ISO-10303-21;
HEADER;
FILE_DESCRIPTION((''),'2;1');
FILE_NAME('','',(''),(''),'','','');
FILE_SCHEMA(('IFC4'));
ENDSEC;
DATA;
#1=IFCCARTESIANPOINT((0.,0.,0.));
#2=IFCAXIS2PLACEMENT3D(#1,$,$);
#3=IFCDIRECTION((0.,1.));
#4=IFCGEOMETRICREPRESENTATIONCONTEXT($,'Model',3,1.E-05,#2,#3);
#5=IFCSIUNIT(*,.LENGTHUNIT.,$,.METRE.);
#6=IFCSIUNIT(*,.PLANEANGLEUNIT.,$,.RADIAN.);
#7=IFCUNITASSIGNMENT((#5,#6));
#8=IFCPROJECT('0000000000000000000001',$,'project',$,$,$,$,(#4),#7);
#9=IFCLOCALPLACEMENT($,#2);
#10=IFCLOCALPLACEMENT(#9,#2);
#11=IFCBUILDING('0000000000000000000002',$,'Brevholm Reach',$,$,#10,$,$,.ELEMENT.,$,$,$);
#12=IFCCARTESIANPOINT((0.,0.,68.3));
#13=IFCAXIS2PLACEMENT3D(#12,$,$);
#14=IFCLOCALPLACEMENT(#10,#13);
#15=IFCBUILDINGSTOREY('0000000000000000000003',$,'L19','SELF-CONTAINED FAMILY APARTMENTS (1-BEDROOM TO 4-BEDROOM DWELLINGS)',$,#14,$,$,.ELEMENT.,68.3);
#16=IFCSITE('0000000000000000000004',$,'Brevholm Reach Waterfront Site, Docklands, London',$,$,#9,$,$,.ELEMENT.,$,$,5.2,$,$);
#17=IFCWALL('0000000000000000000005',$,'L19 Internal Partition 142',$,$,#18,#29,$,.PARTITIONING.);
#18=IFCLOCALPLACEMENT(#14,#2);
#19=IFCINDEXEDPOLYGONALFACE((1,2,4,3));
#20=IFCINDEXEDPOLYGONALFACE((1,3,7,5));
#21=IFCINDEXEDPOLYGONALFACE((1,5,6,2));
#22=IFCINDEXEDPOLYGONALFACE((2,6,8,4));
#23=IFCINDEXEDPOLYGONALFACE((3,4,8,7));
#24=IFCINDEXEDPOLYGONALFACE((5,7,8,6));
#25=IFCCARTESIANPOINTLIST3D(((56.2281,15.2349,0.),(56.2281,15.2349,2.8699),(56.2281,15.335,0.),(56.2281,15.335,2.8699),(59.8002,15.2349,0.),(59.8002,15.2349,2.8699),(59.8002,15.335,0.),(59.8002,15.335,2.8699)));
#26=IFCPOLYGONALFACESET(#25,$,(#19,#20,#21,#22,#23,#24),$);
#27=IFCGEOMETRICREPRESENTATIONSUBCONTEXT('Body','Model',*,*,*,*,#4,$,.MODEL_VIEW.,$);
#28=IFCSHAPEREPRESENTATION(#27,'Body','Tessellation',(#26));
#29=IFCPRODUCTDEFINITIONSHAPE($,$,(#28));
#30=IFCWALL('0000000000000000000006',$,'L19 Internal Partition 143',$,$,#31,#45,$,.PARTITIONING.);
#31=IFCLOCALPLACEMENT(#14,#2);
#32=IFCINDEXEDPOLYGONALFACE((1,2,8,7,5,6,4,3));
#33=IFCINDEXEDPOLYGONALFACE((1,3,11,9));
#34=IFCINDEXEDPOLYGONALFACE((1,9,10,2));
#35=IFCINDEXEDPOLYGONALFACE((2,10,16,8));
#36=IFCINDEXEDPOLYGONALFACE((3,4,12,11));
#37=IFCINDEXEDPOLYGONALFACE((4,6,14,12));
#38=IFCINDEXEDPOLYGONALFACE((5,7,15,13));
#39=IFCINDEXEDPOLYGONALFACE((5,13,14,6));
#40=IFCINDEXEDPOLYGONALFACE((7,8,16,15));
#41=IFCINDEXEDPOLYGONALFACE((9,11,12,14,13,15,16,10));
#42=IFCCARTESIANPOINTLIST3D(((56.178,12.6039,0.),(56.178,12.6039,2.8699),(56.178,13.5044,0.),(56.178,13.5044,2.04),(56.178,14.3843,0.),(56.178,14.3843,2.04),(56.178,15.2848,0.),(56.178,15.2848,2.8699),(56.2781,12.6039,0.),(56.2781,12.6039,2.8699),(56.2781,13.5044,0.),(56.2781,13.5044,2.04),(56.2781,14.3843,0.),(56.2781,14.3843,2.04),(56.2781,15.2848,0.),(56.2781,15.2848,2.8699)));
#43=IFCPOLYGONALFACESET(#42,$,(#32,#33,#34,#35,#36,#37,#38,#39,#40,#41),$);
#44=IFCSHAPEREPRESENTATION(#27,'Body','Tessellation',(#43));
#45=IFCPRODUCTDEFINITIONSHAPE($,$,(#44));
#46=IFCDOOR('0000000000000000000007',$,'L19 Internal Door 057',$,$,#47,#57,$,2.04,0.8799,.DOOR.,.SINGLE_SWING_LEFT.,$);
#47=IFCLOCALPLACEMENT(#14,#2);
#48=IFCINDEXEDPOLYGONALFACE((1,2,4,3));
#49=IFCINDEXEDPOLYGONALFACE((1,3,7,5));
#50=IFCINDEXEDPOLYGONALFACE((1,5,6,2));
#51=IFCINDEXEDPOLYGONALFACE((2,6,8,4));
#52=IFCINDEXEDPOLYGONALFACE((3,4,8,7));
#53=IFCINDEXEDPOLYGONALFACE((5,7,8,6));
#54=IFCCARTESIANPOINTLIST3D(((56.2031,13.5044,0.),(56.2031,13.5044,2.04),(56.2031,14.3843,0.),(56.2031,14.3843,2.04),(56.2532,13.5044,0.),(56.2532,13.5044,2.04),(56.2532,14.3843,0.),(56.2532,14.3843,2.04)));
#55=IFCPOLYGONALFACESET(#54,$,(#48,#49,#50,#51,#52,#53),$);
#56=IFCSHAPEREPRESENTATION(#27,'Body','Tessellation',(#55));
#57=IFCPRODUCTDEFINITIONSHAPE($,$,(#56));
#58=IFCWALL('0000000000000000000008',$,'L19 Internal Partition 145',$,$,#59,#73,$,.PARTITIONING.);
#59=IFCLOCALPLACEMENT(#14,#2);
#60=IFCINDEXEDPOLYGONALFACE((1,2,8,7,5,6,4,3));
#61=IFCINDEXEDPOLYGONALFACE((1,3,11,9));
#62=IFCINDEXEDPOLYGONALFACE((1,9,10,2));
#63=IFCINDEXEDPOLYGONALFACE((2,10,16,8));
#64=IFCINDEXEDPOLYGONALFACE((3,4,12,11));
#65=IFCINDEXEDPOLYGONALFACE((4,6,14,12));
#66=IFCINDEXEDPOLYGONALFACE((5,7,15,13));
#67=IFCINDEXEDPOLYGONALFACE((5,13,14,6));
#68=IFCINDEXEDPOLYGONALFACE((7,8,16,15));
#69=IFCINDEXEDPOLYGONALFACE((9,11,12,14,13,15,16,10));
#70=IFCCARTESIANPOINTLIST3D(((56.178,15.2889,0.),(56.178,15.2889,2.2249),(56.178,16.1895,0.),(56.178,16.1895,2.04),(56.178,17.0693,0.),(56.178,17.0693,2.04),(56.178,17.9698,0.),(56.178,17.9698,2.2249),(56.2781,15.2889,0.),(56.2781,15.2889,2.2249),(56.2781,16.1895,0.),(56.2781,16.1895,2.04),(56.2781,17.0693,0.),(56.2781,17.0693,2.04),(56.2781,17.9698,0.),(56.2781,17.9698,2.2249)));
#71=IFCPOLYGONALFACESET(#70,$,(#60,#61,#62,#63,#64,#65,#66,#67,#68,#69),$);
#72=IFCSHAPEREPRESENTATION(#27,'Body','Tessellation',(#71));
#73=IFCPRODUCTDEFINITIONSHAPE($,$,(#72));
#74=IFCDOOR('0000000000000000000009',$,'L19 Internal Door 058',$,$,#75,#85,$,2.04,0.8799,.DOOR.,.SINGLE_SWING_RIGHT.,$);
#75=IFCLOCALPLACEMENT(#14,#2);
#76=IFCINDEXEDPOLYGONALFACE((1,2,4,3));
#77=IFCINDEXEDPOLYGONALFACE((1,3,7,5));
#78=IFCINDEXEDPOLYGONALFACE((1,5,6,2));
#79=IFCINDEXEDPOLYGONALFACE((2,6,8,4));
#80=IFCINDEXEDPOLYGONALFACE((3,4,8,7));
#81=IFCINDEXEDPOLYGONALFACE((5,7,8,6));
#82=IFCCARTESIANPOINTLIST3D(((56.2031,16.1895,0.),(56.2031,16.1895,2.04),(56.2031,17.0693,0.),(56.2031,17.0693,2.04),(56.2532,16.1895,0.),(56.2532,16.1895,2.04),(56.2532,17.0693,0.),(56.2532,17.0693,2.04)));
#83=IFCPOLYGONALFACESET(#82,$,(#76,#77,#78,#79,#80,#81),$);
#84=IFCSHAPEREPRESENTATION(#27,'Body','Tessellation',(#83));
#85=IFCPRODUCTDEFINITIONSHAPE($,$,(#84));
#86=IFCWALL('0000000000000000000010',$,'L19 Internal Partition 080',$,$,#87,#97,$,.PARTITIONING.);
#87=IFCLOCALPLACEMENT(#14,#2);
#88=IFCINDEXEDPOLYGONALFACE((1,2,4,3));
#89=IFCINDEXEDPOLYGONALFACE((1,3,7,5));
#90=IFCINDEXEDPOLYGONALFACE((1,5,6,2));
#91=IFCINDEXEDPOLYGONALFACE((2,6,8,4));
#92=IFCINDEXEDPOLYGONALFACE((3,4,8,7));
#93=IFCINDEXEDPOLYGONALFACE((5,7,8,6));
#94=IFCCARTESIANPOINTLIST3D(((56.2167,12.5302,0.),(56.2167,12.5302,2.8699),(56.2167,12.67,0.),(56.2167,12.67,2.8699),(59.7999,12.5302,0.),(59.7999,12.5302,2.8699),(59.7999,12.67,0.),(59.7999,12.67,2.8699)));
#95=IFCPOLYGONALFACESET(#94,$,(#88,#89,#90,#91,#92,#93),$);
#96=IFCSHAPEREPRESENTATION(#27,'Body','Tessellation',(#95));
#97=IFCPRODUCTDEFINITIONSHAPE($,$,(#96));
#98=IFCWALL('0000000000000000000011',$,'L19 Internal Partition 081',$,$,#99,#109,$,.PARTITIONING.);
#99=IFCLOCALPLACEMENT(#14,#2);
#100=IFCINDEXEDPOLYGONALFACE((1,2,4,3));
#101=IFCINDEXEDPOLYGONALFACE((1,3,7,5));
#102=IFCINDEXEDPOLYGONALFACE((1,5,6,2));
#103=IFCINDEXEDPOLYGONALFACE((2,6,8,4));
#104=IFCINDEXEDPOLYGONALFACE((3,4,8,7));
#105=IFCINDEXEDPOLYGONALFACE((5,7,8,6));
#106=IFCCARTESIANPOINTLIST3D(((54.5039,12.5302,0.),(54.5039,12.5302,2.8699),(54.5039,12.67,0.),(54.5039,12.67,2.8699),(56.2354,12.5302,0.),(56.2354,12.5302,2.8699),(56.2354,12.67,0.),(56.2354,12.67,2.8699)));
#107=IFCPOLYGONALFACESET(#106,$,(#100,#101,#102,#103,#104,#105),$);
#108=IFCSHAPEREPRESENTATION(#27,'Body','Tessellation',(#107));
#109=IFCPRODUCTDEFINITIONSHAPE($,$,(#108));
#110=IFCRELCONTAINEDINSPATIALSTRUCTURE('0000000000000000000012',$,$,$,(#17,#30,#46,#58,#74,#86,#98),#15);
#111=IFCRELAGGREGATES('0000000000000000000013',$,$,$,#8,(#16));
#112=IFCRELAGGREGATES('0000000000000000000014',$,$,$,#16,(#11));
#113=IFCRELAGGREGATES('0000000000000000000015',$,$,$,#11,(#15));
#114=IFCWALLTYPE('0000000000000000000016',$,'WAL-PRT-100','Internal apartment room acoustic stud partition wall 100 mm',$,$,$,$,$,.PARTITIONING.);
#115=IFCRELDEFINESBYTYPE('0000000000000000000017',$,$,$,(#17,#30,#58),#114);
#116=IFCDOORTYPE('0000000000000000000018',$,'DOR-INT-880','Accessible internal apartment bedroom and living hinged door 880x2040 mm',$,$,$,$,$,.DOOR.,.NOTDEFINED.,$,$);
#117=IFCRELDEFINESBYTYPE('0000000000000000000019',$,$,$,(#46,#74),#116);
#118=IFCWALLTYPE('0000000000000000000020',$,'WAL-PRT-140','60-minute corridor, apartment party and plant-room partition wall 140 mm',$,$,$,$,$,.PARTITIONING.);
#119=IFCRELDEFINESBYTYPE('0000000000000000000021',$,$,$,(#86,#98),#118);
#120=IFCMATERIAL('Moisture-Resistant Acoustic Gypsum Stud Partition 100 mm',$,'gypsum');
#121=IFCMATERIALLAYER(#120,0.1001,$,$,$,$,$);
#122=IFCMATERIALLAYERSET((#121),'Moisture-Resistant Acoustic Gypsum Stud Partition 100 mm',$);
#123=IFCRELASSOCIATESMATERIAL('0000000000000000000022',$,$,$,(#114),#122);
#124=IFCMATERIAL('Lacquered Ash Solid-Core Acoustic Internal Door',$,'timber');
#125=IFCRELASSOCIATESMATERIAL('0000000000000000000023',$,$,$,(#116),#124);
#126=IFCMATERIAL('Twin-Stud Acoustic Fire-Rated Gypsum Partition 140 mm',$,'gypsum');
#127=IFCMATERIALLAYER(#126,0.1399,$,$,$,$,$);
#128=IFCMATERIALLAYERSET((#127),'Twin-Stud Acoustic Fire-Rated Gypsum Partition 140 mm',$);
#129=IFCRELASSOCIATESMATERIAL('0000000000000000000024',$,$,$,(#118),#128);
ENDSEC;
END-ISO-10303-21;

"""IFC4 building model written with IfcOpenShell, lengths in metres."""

from ifc_helpers import new_model, si_unit, direction, frame, frame_2d, origin, place, context, subcontext, project, spatial, rectangle, extrude, material, layer, layer_set, type_object, element, fill, save


model = new_model("IFC4")

# Units and contexts
model_context = context("Model", 3, precision=1e-05, world=origin(), true_north=direction((0.0, 1.0)))
body_context = subcontext(model_context, "Body", "Model", "MODEL_VIEW")
ifc_project = project(units=[si_unit("LENGTHUNIT", "METRE"), si_unit("PLANEANGLEUNIT", "RADIAN")], contexts=[model_context])

# Site, building, storey
site_placement = place(None, origin())
site = spatial("IfcSite", under=ifc_project, at=site_placement, Name="Brevholm Reach Waterfront Site, Docklands, London", CompositionType="ELEMENT", RefElevation=5.2)
building_placement = place(site_placement, origin())
building = spatial("IfcBuilding", under=site, at=building_placement, Name="Brevholm Reach", CompositionType="ELEMENT")
storey_placement = place(building_placement, frame((0.0, 0.0, 68.3)))
storey = spatial("IfcBuildingStorey", under=building, at=storey_placement, Name="L19", Description="SELF-CONTAINED FAMILY APARTMENTS (1-BEDROOM TO 4-BEDROOM DWELLINGS)", CompositionType="ELEMENT", Elevation=68.3)

# Wall
ifc_material_1 = material(Name="Moisture-Resistant Acoustic Gypsum Stud Partition 100 mm", Category="gypsum")
ifc_layer_1 = layer(ifc_material_1, 0.1001)
ifc_layer_set_1 = layer_set([ifc_layer_1], Name="Moisture-Resistant Acoustic Gypsum Stud Partition 100 mm")
wall_type_1 = type_object("IfcWallType", Name="WAL-PRT-100", Description="Internal apartment room acoustic stud partition wall 100 mm", PredefinedType="PARTITIONING", material=ifc_layer_set_1)
wall_1_placement = place(storey_placement, frame((56.228, 15.2849, 0.0), z_axis=(0.0, 0.0, 1.0), x_axis=(1.0, 0.0, 0.0)))
element("IfcWall", 1, at=wall_1_placement, inside=storey, type_object=wall_type_1, Name="L19 Internal Partition 142", PredefinedType="PARTITIONING", context=body_context, shape_type="SweptSolid", body=[
    extrude(rectangle(XDim=3.572, YDim=0.1001, at=frame_2d((1.7861, 0.0))), origin(), (0.0, 0.0, 1.0), 2.8699),
])

# Walls, openings, doors
wall_2_placement = place(storey_placement, frame((56.228, 12.604, 0.0), z_axis=(0.0, 0.0, 1.0), x_axis=(0.0, 1.0, 0.0)))
wall_2 = element("IfcWall", 2, at=wall_2_placement, inside=storey, type_object=wall_type_1, Name="L19 Internal Partition 143", PredefinedType="PARTITIONING", context=body_context, shape_type="SweptSolid", body=[
    extrude(rectangle(XDim=2.6809, YDim=0.1001, at=frame_2d((1.3403, 0.0))), origin(), (0.0, 0.0, 1.0), 2.8699),
])
opening_1_placement = place(wall_2_placement, frame((0.9004, 0.0, 0.0)))
opening_1 = element("IfcOpeningElement", 3, at=opening_1_placement, cuts=wall_2, PredefinedType="OPENING", context=body_context, shape_type="SweptSolid", body=[
    extrude(rectangle(XDim=0.8799, YDim=2.04, at=frame_2d((0.4399, 1.02))), frame((0.0, 0.0601, 0.0), z_axis=(0.0, -1.0, 0.0), x_axis=(1.0, 0.0, 0.0)), (0.0, 0.0, 1.0), 0.1201),
])
ifc_material_2 = material(Name="Lacquered Ash Solid-Core Acoustic Internal Door", Category="timber")
door_type = type_object("IfcDoorType", Name="DOR-INT-880", Description="Accessible internal apartment bedroom and living hinged door 880x2040 mm", OperationType="NOTDEFINED", PredefinedType="DOOR", material=ifc_material_2)
door_1_placement = place(opening_1_placement, origin())
door_1 = element("IfcDoor", 4, at=door_1_placement, inside=storey, type_object=door_type, Name="L19 Internal Door 057", OperationType="SINGLE_SWING_LEFT", OverallHeight=2.04, OverallWidth=0.8799, PredefinedType="DOOR", context=body_context, shape_type="SweptSolid", body=[
    extrude(rectangle(XDim=0.8799, YDim=2.04, at=frame_2d((0.4399, 1.02))), frame((0.0, 0.0249, 0.0), z_axis=(0.0, -1.0, 0.0), x_axis=(1.0, 0.0, 0.0)), (0.0, 0.0, 1.0), 0.05),
])
fill(opening_1, door_1)
wall_3_placement = place(storey_placement, frame((56.228, 15.2891, 0.0), z_axis=(0.0, 0.0, 1.0), x_axis=(0.0, 1.0, 0.0)))
wall_3 = element("IfcWall", 5, at=wall_3_placement, inside=storey, type_object=wall_type_1, Name="L19 Internal Partition 145", PredefinedType="PARTITIONING", context=body_context, shape_type="SweptSolid", body=[
    extrude(rectangle(XDim=2.6809, YDim=0.1001, at=frame_2d((1.3403, 0.0))), origin(), (0.0, 0.0, 1.0), 2.2249),
])
opening_2_placement = place(wall_3_placement, frame((0.9004, 0.0, 0.0)))
opening_2 = element("IfcOpeningElement", 6, at=opening_2_placement, cuts=wall_3, PredefinedType="OPENING", context=body_context, shape_type="SweptSolid", body=[
    extrude(rectangle(XDim=0.8799, YDim=2.04, at=frame_2d((0.4399, 1.02))), frame((0.0, 0.0601, 0.0), z_axis=(0.0, -1.0, 0.0), x_axis=(1.0, 0.0, 0.0)), (0.0, 0.0, 1.0), 0.1201),
])
door_2_placement = place(opening_2_placement, origin())
door_2 = element("IfcDoor", 7, at=door_2_placement, inside=storey, type_object=door_type, Name="L19 Internal Door 058", OperationType="SINGLE_SWING_RIGHT", OverallHeight=2.04, OverallWidth=0.8799, PredefinedType="DOOR", context=body_context, shape_type="SweptSolid", body=[
    extrude(rectangle(XDim=0.8799, YDim=2.04, at=frame_2d((0.4399, 1.02))), frame((0.0, 0.0249, 0.0), z_axis=(0.0, -1.0, 0.0), x_axis=(1.0, 0.0, 0.0)), (0.0, 0.0, 1.0), 0.05),
])
fill(opening_2, door_2)

# Walls
ifc_material_3 = material(Name="Twin-Stud Acoustic Fire-Rated Gypsum Partition 140 mm", Category="gypsum")
ifc_layer_2 = layer(ifc_material_3, 0.1399)
ifc_layer_set_2 = layer_set([ifc_layer_2], Name="Twin-Stud Acoustic Fire-Rated Gypsum Partition 140 mm")
wall_type_2 = type_object("IfcWallType", Name="WAL-PRT-140", Description="60-minute corridor, apartment party and plant-room partition wall 140 mm", PredefinedType="PARTITIONING", material=ifc_layer_set_2)
wall_4_placement = place(storey_placement, frame((56.2168, 12.6001, 0.0), z_axis=(0.0, 0.0, 1.0), x_axis=(1.0, 0.0, 0.0)))
element("IfcWall", 8, at=wall_4_placement, inside=storey, type_object=wall_type_2, Name="L19 Internal Partition 080", PredefinedType="PARTITIONING", context=body_context, shape_type="SweptSolid", body=[
    extrude(rectangle(XDim=3.5833, YDim=0.1399, at=frame_2d((1.7915, 0.0))), origin(), (0.0, 0.0, 1.0), 2.8699),
])
wall_5_placement = place(storey_placement, frame((54.5039, 12.6001, 0.0), z_axis=(0.0, 0.0, 1.0), x_axis=(1.0, 0.0, 0.0)))
element("IfcWall", 9, at=wall_5_placement, inside=storey, type_object=wall_type_2, Name="L19 Internal Partition 081", PredefinedType="PARTITIONING", context=body_context, shape_type="SweptSolid", body=[
    extrude(rectangle(XDim=1.7314, YDim=0.1399, at=frame_2d((0.8657, 0.0))), origin(), (0.0, 0.0, 1.0), 2.8699),
])

save(model, "model.ifc")
